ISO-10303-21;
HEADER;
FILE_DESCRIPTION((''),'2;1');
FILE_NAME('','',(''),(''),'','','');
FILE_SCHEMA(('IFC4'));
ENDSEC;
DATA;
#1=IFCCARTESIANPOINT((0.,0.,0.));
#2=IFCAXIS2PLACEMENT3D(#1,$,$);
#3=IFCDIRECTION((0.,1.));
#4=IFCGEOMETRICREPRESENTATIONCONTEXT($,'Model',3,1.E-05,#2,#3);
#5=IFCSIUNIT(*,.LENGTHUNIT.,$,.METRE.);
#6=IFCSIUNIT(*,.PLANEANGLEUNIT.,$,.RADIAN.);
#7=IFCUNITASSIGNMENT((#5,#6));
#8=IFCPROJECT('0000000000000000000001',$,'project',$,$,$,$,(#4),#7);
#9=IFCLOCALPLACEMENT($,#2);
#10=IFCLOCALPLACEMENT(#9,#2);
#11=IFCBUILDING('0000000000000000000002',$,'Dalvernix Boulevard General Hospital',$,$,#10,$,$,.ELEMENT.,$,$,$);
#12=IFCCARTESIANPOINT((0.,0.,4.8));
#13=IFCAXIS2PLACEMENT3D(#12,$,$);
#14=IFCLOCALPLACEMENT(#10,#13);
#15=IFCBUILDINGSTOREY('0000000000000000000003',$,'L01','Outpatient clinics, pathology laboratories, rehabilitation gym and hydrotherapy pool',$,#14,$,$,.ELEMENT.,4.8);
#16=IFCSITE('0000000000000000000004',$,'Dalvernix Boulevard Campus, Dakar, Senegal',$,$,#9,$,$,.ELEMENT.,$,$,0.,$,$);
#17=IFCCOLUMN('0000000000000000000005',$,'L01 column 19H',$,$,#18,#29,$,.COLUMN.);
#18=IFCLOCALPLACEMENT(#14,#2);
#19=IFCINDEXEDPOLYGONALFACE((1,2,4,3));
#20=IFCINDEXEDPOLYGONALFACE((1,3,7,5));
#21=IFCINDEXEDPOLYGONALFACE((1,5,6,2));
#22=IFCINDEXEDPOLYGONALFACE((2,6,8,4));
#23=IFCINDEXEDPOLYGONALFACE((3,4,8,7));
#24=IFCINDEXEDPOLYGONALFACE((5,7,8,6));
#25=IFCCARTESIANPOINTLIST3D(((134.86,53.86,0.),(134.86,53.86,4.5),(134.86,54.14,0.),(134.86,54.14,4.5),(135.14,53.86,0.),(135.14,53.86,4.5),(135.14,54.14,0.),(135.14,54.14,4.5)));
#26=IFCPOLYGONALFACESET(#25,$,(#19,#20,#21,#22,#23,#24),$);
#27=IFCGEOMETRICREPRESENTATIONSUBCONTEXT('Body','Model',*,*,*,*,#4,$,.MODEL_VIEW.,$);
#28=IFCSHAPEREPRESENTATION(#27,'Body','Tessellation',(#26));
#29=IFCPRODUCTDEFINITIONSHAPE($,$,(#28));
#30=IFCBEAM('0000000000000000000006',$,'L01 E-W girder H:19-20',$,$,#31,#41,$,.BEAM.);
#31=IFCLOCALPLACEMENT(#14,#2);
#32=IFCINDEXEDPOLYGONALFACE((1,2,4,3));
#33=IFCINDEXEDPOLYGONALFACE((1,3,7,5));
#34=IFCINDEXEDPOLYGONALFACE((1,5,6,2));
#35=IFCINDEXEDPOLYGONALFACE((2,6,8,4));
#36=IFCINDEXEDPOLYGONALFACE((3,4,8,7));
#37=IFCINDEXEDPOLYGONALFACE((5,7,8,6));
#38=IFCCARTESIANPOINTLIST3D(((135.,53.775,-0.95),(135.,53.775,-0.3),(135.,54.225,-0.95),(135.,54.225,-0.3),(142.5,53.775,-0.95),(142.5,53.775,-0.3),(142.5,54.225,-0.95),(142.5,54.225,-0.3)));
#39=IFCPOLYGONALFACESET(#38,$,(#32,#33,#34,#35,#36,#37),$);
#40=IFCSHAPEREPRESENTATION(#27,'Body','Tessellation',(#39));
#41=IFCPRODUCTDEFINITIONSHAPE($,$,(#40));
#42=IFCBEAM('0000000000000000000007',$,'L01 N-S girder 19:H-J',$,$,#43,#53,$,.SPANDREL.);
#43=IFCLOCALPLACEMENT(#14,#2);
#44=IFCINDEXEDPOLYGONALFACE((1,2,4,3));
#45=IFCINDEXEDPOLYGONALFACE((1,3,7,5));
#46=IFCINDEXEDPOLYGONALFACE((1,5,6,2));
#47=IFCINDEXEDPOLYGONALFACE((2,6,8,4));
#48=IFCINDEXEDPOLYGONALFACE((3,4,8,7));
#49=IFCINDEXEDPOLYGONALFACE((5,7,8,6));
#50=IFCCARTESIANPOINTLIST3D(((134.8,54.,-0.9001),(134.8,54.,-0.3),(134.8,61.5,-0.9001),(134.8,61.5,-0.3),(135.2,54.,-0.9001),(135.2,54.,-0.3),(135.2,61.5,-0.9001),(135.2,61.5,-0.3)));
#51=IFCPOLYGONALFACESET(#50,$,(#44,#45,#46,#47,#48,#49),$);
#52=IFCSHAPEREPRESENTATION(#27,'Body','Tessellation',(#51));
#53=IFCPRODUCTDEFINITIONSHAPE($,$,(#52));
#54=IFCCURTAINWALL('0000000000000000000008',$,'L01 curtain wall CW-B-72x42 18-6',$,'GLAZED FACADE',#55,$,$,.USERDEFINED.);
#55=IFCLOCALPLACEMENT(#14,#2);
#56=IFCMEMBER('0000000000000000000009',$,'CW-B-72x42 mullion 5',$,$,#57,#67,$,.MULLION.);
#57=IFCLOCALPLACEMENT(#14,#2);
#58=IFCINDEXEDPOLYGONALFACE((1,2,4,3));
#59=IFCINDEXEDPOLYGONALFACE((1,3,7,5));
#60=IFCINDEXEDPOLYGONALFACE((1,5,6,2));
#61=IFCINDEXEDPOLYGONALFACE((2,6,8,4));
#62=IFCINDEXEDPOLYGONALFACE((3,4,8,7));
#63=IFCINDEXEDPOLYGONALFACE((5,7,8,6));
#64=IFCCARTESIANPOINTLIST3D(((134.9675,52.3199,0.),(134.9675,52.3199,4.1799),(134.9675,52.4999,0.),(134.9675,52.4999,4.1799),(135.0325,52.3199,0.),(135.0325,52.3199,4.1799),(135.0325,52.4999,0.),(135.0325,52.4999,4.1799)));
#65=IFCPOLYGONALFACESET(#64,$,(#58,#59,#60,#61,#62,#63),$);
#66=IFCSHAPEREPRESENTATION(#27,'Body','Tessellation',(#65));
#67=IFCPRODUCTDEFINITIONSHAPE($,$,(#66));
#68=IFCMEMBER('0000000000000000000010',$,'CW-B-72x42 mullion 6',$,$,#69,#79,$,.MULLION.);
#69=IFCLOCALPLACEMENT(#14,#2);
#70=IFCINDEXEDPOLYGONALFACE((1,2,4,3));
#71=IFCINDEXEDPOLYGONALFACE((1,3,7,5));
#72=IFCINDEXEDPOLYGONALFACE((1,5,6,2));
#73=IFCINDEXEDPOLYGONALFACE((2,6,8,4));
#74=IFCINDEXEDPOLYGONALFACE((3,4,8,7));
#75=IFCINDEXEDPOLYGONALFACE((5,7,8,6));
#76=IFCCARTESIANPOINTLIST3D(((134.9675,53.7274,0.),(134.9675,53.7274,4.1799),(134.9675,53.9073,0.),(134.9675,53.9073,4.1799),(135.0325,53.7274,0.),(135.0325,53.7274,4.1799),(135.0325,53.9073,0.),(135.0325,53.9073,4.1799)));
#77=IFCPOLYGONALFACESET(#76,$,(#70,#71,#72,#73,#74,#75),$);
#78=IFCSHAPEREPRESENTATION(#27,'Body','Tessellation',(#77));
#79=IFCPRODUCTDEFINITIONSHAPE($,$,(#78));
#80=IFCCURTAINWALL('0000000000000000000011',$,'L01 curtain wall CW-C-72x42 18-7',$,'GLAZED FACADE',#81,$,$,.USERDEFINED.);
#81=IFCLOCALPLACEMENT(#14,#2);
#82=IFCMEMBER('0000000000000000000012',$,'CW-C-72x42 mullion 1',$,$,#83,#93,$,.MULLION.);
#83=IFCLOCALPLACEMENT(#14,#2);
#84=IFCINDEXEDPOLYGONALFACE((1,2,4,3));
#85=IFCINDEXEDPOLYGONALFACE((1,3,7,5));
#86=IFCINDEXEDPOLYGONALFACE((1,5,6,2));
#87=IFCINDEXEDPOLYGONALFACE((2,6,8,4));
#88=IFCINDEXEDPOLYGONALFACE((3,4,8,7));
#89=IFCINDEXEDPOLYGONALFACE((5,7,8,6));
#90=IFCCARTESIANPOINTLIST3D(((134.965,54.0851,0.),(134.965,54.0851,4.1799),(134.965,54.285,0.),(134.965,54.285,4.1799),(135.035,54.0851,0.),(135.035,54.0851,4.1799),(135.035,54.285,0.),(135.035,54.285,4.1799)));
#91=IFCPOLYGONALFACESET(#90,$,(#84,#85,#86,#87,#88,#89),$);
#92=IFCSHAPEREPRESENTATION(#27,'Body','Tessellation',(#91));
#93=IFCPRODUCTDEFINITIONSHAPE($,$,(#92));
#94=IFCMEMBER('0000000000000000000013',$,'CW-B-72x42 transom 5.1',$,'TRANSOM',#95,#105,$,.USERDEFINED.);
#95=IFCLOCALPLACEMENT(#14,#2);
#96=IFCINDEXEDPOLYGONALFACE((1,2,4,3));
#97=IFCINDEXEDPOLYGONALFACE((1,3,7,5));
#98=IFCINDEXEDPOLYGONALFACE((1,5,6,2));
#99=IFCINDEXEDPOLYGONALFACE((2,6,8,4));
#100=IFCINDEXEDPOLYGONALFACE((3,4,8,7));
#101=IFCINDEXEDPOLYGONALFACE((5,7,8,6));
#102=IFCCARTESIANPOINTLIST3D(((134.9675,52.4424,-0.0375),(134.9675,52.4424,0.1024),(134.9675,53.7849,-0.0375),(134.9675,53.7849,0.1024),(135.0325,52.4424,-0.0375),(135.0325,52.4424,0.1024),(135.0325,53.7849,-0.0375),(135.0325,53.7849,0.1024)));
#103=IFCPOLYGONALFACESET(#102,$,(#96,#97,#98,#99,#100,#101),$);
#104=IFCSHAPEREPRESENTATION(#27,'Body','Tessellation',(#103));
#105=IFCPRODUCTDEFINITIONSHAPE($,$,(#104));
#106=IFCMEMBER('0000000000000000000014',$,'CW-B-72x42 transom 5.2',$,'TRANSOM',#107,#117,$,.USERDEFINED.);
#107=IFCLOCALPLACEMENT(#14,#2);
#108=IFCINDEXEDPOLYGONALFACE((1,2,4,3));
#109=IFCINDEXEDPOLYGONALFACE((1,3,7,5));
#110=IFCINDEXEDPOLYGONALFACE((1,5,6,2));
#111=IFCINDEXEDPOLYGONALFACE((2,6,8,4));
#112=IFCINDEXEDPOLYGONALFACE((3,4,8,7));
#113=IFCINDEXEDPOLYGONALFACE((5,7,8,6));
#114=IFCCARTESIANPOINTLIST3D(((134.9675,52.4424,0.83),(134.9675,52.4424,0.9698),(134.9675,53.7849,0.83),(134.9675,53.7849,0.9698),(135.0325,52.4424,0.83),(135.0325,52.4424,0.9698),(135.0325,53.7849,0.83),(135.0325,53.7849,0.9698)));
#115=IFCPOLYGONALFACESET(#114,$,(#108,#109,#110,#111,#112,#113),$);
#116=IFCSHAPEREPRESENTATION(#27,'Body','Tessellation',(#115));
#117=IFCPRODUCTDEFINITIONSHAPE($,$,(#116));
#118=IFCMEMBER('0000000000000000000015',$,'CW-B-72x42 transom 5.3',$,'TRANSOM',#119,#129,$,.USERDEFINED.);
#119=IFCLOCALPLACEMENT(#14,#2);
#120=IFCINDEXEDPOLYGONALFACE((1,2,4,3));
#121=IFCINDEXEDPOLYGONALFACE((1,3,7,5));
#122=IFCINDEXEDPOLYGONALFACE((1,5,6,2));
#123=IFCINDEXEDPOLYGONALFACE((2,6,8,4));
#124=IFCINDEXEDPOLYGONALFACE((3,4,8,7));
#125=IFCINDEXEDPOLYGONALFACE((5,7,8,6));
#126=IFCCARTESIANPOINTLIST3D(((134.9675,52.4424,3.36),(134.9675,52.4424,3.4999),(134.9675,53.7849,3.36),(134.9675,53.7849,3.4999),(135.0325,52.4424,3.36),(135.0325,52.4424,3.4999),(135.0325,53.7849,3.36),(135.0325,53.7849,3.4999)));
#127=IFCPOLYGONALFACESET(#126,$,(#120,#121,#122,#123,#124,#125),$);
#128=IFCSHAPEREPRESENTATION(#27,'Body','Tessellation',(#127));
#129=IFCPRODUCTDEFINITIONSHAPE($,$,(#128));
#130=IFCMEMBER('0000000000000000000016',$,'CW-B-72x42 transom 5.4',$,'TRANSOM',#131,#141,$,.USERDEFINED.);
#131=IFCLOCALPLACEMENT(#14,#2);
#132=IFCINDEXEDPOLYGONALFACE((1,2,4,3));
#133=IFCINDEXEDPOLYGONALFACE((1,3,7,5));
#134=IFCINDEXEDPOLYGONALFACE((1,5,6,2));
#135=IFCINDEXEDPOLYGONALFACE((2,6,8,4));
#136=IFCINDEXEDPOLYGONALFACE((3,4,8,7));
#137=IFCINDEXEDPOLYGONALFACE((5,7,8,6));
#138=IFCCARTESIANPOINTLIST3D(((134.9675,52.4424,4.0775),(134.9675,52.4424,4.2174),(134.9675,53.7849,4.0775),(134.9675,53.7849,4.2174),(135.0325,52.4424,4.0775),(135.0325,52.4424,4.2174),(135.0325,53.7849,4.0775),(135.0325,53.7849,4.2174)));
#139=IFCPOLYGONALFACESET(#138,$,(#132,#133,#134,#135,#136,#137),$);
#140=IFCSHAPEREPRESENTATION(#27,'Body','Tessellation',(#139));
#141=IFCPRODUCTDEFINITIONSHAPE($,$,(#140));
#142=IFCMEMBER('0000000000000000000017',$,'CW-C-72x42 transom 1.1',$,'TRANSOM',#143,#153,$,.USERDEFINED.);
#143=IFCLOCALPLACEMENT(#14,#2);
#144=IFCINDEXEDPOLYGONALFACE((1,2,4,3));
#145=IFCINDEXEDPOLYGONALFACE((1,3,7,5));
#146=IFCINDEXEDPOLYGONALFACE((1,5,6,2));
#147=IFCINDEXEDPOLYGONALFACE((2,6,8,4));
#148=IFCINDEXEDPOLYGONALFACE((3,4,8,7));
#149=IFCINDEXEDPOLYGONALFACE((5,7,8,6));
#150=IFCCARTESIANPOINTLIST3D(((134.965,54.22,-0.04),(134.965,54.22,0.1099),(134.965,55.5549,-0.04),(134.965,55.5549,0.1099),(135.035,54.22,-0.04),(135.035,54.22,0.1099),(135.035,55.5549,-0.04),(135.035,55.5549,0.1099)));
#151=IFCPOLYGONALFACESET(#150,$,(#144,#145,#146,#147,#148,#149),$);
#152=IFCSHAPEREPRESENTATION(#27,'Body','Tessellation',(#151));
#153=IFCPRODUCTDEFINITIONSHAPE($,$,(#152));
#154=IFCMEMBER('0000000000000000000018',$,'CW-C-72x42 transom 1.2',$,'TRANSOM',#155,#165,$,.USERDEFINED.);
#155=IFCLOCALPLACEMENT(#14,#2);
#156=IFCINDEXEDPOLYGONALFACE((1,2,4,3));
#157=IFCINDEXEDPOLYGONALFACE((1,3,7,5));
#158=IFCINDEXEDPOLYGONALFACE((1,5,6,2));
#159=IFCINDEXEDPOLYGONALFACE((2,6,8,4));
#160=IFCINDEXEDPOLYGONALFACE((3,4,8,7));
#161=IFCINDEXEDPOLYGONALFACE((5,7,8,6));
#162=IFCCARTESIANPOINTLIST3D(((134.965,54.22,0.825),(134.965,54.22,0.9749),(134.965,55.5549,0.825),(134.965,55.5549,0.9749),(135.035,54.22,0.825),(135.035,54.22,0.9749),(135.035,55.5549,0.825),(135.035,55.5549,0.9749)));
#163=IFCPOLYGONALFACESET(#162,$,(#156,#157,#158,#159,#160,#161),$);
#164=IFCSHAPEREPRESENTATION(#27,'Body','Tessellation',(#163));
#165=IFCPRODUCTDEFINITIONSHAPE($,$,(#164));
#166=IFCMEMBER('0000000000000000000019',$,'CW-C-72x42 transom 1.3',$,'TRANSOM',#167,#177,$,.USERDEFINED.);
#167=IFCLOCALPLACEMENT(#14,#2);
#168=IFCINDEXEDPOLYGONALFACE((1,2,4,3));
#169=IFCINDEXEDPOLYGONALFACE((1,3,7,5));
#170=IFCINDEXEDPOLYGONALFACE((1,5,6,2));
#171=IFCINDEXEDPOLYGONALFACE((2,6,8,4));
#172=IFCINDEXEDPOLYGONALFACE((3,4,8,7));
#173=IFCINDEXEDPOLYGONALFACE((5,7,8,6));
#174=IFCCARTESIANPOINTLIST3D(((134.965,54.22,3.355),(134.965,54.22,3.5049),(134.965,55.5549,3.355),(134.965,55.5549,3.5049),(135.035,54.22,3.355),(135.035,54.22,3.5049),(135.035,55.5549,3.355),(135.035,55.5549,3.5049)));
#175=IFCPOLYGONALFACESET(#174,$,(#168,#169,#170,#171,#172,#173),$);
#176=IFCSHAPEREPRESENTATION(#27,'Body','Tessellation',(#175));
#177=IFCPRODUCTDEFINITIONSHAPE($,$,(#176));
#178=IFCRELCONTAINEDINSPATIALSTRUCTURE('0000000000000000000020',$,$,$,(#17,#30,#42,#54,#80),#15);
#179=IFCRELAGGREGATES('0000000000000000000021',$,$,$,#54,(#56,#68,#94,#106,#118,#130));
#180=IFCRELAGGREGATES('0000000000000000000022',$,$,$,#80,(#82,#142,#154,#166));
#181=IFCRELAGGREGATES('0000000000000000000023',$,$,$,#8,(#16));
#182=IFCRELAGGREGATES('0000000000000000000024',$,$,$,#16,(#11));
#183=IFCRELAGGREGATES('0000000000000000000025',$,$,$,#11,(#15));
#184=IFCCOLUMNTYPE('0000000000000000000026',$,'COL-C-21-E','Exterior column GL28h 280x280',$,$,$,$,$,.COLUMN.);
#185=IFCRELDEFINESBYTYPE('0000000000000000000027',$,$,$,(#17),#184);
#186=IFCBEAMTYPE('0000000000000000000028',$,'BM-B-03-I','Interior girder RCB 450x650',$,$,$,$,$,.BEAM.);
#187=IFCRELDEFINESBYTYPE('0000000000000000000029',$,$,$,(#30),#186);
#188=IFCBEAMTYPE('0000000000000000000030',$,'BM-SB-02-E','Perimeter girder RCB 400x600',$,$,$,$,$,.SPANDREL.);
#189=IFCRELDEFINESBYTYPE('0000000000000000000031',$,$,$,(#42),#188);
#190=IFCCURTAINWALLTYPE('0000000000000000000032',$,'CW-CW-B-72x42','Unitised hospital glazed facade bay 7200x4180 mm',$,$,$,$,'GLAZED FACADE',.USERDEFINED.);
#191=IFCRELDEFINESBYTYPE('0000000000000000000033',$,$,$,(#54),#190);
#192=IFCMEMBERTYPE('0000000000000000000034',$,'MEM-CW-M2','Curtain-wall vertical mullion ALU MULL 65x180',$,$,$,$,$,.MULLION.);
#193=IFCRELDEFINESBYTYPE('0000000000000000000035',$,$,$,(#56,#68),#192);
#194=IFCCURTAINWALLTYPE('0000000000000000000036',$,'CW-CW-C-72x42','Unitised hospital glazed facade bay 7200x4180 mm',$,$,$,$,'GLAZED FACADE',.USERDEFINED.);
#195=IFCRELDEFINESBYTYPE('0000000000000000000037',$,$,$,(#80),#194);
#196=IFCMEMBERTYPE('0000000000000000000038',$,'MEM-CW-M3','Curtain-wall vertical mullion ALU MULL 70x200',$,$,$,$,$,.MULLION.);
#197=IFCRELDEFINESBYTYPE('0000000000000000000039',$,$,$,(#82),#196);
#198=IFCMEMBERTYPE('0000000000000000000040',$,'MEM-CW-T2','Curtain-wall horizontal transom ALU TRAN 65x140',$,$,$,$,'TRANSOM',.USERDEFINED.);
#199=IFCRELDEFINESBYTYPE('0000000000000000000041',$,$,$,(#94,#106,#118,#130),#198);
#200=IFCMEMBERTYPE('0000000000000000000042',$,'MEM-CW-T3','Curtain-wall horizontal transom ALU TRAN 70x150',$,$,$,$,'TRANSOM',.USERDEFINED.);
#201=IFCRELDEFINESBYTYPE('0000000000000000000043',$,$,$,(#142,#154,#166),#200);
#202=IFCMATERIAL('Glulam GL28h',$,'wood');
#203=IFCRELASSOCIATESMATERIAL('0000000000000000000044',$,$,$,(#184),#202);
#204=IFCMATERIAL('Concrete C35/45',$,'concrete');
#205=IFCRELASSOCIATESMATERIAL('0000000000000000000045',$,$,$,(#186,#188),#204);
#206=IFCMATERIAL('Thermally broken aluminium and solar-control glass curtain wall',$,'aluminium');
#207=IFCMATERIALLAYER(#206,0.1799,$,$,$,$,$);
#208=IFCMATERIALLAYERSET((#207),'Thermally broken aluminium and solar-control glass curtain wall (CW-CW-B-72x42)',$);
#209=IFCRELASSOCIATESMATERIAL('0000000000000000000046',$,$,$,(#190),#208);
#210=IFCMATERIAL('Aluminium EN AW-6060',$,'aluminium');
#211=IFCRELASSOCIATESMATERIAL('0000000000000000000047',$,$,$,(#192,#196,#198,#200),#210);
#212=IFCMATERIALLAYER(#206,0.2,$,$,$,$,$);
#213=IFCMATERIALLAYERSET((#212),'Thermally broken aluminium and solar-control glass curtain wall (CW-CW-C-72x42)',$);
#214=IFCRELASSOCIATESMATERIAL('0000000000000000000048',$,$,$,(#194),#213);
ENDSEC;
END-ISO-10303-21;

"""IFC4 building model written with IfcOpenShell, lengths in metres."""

from ifc_helpers import new_model, si_unit, direction, frame, origin, origin_2d, place, context, subcontext, project, spatial, rectangle, extrude, material, layer, layer_set, material_profile, profile_set, type_object, element, aggregate, save


model = new_model("IFC4")

# Units and contexts
model_context = context("Model", 3, precision=1e-05, world=origin(), true_north=direction((0.0, 1.0)))
body_context = subcontext(model_context, "Body", "Model", "MODEL_VIEW")
ifc_project = project(units=[si_unit("LENGTHUNIT", "METRE"), si_unit("PLANEANGLEUNIT", "RADIAN")], contexts=[model_context])

# Site, building, storey
site_placement = place(None, origin())
site = spatial("IfcSite", under=ifc_project, at=site_placement, Name="Dalvernix Boulevard Campus, Dakar, Senegal", CompositionType="ELEMENT", RefElevation=0.0)
building_placement = place(site_placement, origin())
building = spatial("IfcBuilding", under=site, at=building_placement, Name="Dalvernix Boulevard General Hospital", CompositionType="ELEMENT")
storey_placement = place(building_placement, frame((0.0, 0.0, 4.8)))
storey = spatial("IfcBuildingStorey", under=building, at=storey_placement, Name="L01", Description="Outpatient clinics, pathology laboratories, rehabilitation gym and hydrotherapy pool", CompositionType="ELEMENT", Elevation=4.8)

# Column
ifc_material_1 = material(Name="Glulam GL28h", Category="wood")
ifc_material_profile_1 = material_profile(ifc_material_1, rectangle(XDim=0.28, YDim=0.28, at=origin_2d()), Name="GL28h 280x280")
ifc_profile_set_1 = profile_set([ifc_material_profile_1], Name="Glulam GL28h")
column_type = type_object("IfcColumnType", Name="COL-C-21-E", Description="Exterior column GL28h 280x280", PredefinedType="COLUMN", material=ifc_profile_set_1)
column_placement = place(storey_placement, frame((135.0, 54.0, 0.0), z_axis=(0.0, 0.0, 1.0), x_axis=(1.0, 0.0, 0.0)))
element("IfcColumn", 1, at=column_placement, inside=storey, type_object=column_type, Name="L01 column 19H", PredefinedType="COLUMN", context=body_context, shape_type="SweptSolid", body=[
    extrude(rectangle(XDim=0.28, YDim=0.28, at=origin_2d()), origin(), (0.0, 0.0, 1.0), 4.5),
])

# Beams
ifc_material_2 = material(Name="Concrete C35/45", Category="concrete")
ifc_material_profile_2 = material_profile(ifc_material_2, rectangle(XDim=0.45, YDim=0.6499, at=origin_2d()), Name="RCB 450x650")
ifc_profile_set_2 = profile_set([ifc_material_profile_2], Name="Concrete C35/45")
beam_type_1 = type_object("IfcBeamType", Name="BM-B-03-I", Description="Interior girder RCB 450x650", PredefinedType="BEAM", material=ifc_profile_set_2)
beam_1_placement = place(storey_placement, frame((135.0, 54.0, -0.625), z_axis=(1.0, 0.0, 0.0), x_axis=(0.0, 1.0, 0.0)))
element("IfcBeam", 2, at=beam_1_placement, inside=storey, type_object=beam_type_1, Name="L01 E-W girder H:19-20", PredefinedType="BEAM", context=body_context, shape_type="SweptSolid", body=[
    extrude(rectangle(XDim=0.45, YDim=0.6499, at=origin_2d()), origin(), (0.0, 0.0, 1.0), 7.5),
])
ifc_material_profile_3 = material_profile(ifc_material_2, rectangle(XDim=0.3999, YDim=0.6001, at=origin_2d()), Name="RCB 400x600")
ifc_profile_set_3 = profile_set([ifc_material_profile_3], Name="Concrete C35/45")
beam_type_2 = type_object("IfcBeamType", Name="BM-SB-02-E", Description="Perimeter girder RCB 400x600", PredefinedType="SPANDREL", material=ifc_profile_set_3)
beam_2_placement = place(storey_placement, frame((135.0, 54.0, -0.6001), z_axis=(0.0, 1.0, 0.0), x_axis=(-1.0, 0.0, 0.0)))
element("IfcBeam", 3, at=beam_2_placement, inside=storey, type_object=beam_type_2, Name="L01 N-S girder 19:H-J", PredefinedType="SPANDREL", context=body_context, shape_type="SweptSolid", body=[
    extrude(rectangle(XDim=0.3999, YDim=0.6001, at=origin_2d()), origin(), (0.0, 0.0, 1.0), 7.5),
])

# Curtain wall, members
ifc_material_3 = material(Name="Thermally broken aluminium and solar-control glass curtain wall", Category="aluminium")
ifc_layer_1 = layer(ifc_material_3, 0.1799)
ifc_layer_set_1 = layer_set([ifc_layer_1], Name="Thermally broken aluminium and solar-control glass curtain wall (CW-CW-B-72x42)")
curtain_wall_type_1 = type_object("IfcCurtainWallType", Name="CW-CW-B-72x42", Description="Unitised hospital glazed facade bay 7200x4180 mm", ElementType="GLAZED FACADE", PredefinedType="USERDEFINED", material=ifc_layer_set_1)
curtain_wall_1_placement = place(storey_placement, origin())
curtain_wall_1 = element("IfcCurtainWall", 4, at=curtain_wall_1_placement, inside=storey, type_object=curtain_wall_type_1, Name="L01 curtain wall CW-B-72x42 18-6", ObjectType="GLAZED FACADE", PredefinedType="USERDEFINED")
ifc_material_4 = material(Name="Aluminium EN AW-6060", Category="aluminium")
ifc_material_profile_4 = material_profile(ifc_material_4, rectangle(XDim=0.0649, YDim=0.1799, at=origin_2d()), Name="ALU MULL 65x180")
ifc_profile_set_4 = profile_set([ifc_material_profile_4], Name="Aluminium EN AW-6060")
member_type_1 = type_object("IfcMemberType", Name="MEM-CW-M2", Description="Curtain-wall vertical mullion ALU MULL 65x180", PredefinedType="MULLION", material=ifc_profile_set_4)
member_1_placement = place(storey_placement, frame((135.0, 52.4099, 0.0), z_axis=(0.0, 0.0, 1.0), x_axis=(-1.0, 0.0, 0.0)))
member_1 = element("IfcMember", 5, at=member_1_placement, type_object=member_type_1, Name="CW-B-72x42 mullion 5", PredefinedType="MULLION", context=body_context, shape_type="SweptSolid", body=[
    extrude(rectangle(XDim=0.0649, YDim=0.1799, at=origin_2d()), origin(), (0.0, 0.0, 1.0), 4.1799),
])
member_2_placement = place(storey_placement, frame((135.0, 53.8174, 0.0), z_axis=(0.0, 0.0, 1.0), x_axis=(-1.0, 0.0, 0.0)))
member_2 = element("IfcMember", 6, at=member_2_placement, type_object=member_type_1, Name="CW-B-72x42 mullion 6", PredefinedType="MULLION", context=body_context, shape_type="SweptSolid", body=[
    extrude(rectangle(XDim=0.0649, YDim=0.1799, at=origin_2d()), origin(), (0.0, 0.0, 1.0), 4.1799),
])

# Curtain wall, member
ifc_layer_2 = layer(ifc_material_3, 0.2)
ifc_layer_set_2 = layer_set([ifc_layer_2], Name="Thermally broken aluminium and solar-control glass curtain wall (CW-CW-C-72x42)")
curtain_wall_type_2 = type_object("IfcCurtainWallType", Name="CW-CW-C-72x42", Description="Unitised hospital glazed facade bay 7200x4180 mm", ElementType="GLAZED FACADE", PredefinedType="USERDEFINED", material=ifc_layer_set_2)
curtain_wall_2_placement = place(storey_placement, origin())
curtain_wall_2 = element("IfcCurtainWall", 7, at=curtain_wall_2_placement, inside=storey, type_object=curtain_wall_type_2, Name="L01 curtain wall CW-C-72x42 18-7", ObjectType="GLAZED FACADE", PredefinedType="USERDEFINED")
ifc_material_profile_5 = material_profile(ifc_material_4, rectangle(XDim=0.0701, YDim=0.2, at=origin_2d()), Name="ALU MULL 70x200")
ifc_profile_set_5 = profile_set([ifc_material_profile_5], Name="Aluminium EN AW-6060")
member_type_2 = type_object("IfcMemberType", Name="MEM-CW-M3", Description="Curtain-wall vertical mullion ALU MULL 70x200", PredefinedType="MULLION", material=ifc_profile_set_5)
member_3_placement = place(storey_placement, frame((135.0, 54.1851, 0.0), z_axis=(0.0, 0.0, 1.0), x_axis=(-1.0, 0.0, 0.0)))
member_3 = element("IfcMember", 8, at=member_3_placement, type_object=member_type_2, Name="CW-C-72x42 mullion 1", PredefinedType="MULLION", context=body_context, shape_type="SweptSolid", body=[
    extrude(rectangle(XDim=0.0701, YDim=0.2, at=origin_2d()), origin(), (0.0, 0.0, 1.0), 4.1799),
])

# Members
ifc_material_profile_6 = material_profile(ifc_material_4, rectangle(XDim=0.0649, YDim=0.1399, at=origin_2d()), Name="ALU TRAN 65x140")
ifc_profile_set_6 = profile_set([ifc_material_profile_6], Name="Aluminium EN AW-6060")
member_type_3 = type_object("IfcMemberType", Name="MEM-CW-T2", Description="Curtain-wall horizontal transom ALU TRAN 65x140", ElementType="TRANSOM", PredefinedType="USERDEFINED", material=ifc_profile_set_6)
member_4_placement = place(storey_placement, frame((135.0, 52.4424, 0.0325), z_axis=(0.0, 1.0, 0.0), x_axis=(-1.0, 0.0, 0.0)))
member_4 = element("IfcMember", 9, at=member_4_placement, type_object=member_type_3, Name="CW-B-72x42 transom 5.1", ObjectType="TRANSOM", PredefinedType="USERDEFINED", context=body_context, shape_type="SweptSolid", body=[
    extrude(rectangle(XDim=0.0649, YDim=0.1399, at=origin_2d()), origin(), (0.0, 0.0, 1.0), 1.3425),
])
member_5_placement = place(storey_placement, frame((135.0, 52.4424, 0.8999), z_axis=(0.0, 1.0, 0.0), x_axis=(-1.0, 0.0, 0.0)))
member_5 = element("IfcMember", 10, at=member_5_placement, type_object=member_type_3, Name="CW-B-72x42 transom 5.2", ObjectType="TRANSOM", PredefinedType="USERDEFINED", context=body_context, shape_type="SweptSolid", body=[
    extrude(rectangle(XDim=0.0649, YDim=0.1399, at=origin_2d()), origin(), (0.0, 0.0, 1.0), 1.3425),
])
member_6_placement = place(storey_placement, frame((135.0, 52.4424, 3.4299), z_axis=(0.0, 1.0, 0.0), x_axis=(-1.0, 0.0, 0.0)))
member_6 = element("IfcMember", 11, at=member_6_placement, type_object=member_type_3, Name="CW-B-72x42 transom 5.3", ObjectType="TRANSOM", PredefinedType="USERDEFINED", context=body_context, shape_type="SweptSolid", body=[
    extrude(rectangle(XDim=0.0649, YDim=0.1399, at=origin_2d()), origin(), (0.0, 0.0, 1.0), 1.3425),
])
member_7_placement = place(storey_placement, frame((135.0, 52.4424, 4.1475), z_axis=(0.0, 1.0, 0.0), x_axis=(-1.0, 0.0, 0.0)))
member_7 = element("IfcMember", 12, at=member_7_placement, type_object=member_type_3, Name="CW-B-72x42 transom 5.4", ObjectType="TRANSOM", PredefinedType="USERDEFINED", context=body_context, shape_type="SweptSolid", body=[
    extrude(rectangle(XDim=0.0649, YDim=0.1399, at=origin_2d()), origin(), (0.0, 0.0, 1.0), 1.3425),
])
ifc_material_profile_7 = material_profile(ifc_material_4, rectangle(XDim=0.0701, YDim=0.1499, at=origin_2d()), Name="ALU TRAN 70x150")
ifc_profile_set_7 = profile_set([ifc_material_profile_7], Name="Aluminium EN AW-6060")
member_type_4 = type_object("IfcMemberType", Name="MEM-CW-T3", Description="Curtain-wall horizontal transom ALU TRAN 70x150", ElementType="TRANSOM", PredefinedType="USERDEFINED", material=ifc_profile_set_7)
member_8_placement = place(storey_placement, frame((135.0, 54.22, 0.0349), z_axis=(0.0, 1.0, 0.0), x_axis=(-1.0, 0.0, 0.0)))
member_8 = element("IfcMember", 13, at=member_8_placement, type_object=member_type_4, Name="CW-C-72x42 transom 1.1", ObjectType="TRANSOM", PredefinedType="USERDEFINED", context=body_context, shape_type="SweptSolid", body=[
    extrude(rectangle(XDim=0.0701, YDim=0.1499, at=origin_2d()), origin(), (0.0, 0.0, 1.0), 1.335),
])
member_9_placement = place(storey_placement, frame((135.0, 54.22, 0.8999), z_axis=(0.0, 1.0, 0.0), x_axis=(-1.0, 0.0, 0.0)))
member_9 = element("IfcMember", 14, at=member_9_placement, type_object=member_type_4, Name="CW-C-72x42 transom 1.2", ObjectType="TRANSOM", PredefinedType="USERDEFINED", context=body_context, shape_type="SweptSolid", body=[
    extrude(rectangle(XDim=0.0701, YDim=0.1499, at=origin_2d()), origin(), (0.0, 0.0, 1.0), 1.335),
])
member_10_placement = place(storey_placement, frame((135.0, 54.22, 3.4299), z_axis=(0.0, 1.0, 0.0), x_axis=(-1.0, 0.0, 0.0)))
member_10 = element("IfcMember", 15, at=member_10_placement, type_object=member_type_4, Name="CW-C-72x42 transom 1.3", ObjectType="TRANSOM", PredefinedType="USERDEFINED", context=body_context, shape_type="SweptSolid", body=[
    extrude(rectangle(XDim=0.0701, YDim=0.1499, at=origin_2d()), origin(), (0.0, 0.0, 1.0), 1.335),
])

aggregate(curtain_wall_1, [member_1, member_2, member_4, member_5, member_6, member_7])
aggregate(curtain_wall_2, [member_3, member_8, member_9, member_10])

save(model, "model.ifc")
